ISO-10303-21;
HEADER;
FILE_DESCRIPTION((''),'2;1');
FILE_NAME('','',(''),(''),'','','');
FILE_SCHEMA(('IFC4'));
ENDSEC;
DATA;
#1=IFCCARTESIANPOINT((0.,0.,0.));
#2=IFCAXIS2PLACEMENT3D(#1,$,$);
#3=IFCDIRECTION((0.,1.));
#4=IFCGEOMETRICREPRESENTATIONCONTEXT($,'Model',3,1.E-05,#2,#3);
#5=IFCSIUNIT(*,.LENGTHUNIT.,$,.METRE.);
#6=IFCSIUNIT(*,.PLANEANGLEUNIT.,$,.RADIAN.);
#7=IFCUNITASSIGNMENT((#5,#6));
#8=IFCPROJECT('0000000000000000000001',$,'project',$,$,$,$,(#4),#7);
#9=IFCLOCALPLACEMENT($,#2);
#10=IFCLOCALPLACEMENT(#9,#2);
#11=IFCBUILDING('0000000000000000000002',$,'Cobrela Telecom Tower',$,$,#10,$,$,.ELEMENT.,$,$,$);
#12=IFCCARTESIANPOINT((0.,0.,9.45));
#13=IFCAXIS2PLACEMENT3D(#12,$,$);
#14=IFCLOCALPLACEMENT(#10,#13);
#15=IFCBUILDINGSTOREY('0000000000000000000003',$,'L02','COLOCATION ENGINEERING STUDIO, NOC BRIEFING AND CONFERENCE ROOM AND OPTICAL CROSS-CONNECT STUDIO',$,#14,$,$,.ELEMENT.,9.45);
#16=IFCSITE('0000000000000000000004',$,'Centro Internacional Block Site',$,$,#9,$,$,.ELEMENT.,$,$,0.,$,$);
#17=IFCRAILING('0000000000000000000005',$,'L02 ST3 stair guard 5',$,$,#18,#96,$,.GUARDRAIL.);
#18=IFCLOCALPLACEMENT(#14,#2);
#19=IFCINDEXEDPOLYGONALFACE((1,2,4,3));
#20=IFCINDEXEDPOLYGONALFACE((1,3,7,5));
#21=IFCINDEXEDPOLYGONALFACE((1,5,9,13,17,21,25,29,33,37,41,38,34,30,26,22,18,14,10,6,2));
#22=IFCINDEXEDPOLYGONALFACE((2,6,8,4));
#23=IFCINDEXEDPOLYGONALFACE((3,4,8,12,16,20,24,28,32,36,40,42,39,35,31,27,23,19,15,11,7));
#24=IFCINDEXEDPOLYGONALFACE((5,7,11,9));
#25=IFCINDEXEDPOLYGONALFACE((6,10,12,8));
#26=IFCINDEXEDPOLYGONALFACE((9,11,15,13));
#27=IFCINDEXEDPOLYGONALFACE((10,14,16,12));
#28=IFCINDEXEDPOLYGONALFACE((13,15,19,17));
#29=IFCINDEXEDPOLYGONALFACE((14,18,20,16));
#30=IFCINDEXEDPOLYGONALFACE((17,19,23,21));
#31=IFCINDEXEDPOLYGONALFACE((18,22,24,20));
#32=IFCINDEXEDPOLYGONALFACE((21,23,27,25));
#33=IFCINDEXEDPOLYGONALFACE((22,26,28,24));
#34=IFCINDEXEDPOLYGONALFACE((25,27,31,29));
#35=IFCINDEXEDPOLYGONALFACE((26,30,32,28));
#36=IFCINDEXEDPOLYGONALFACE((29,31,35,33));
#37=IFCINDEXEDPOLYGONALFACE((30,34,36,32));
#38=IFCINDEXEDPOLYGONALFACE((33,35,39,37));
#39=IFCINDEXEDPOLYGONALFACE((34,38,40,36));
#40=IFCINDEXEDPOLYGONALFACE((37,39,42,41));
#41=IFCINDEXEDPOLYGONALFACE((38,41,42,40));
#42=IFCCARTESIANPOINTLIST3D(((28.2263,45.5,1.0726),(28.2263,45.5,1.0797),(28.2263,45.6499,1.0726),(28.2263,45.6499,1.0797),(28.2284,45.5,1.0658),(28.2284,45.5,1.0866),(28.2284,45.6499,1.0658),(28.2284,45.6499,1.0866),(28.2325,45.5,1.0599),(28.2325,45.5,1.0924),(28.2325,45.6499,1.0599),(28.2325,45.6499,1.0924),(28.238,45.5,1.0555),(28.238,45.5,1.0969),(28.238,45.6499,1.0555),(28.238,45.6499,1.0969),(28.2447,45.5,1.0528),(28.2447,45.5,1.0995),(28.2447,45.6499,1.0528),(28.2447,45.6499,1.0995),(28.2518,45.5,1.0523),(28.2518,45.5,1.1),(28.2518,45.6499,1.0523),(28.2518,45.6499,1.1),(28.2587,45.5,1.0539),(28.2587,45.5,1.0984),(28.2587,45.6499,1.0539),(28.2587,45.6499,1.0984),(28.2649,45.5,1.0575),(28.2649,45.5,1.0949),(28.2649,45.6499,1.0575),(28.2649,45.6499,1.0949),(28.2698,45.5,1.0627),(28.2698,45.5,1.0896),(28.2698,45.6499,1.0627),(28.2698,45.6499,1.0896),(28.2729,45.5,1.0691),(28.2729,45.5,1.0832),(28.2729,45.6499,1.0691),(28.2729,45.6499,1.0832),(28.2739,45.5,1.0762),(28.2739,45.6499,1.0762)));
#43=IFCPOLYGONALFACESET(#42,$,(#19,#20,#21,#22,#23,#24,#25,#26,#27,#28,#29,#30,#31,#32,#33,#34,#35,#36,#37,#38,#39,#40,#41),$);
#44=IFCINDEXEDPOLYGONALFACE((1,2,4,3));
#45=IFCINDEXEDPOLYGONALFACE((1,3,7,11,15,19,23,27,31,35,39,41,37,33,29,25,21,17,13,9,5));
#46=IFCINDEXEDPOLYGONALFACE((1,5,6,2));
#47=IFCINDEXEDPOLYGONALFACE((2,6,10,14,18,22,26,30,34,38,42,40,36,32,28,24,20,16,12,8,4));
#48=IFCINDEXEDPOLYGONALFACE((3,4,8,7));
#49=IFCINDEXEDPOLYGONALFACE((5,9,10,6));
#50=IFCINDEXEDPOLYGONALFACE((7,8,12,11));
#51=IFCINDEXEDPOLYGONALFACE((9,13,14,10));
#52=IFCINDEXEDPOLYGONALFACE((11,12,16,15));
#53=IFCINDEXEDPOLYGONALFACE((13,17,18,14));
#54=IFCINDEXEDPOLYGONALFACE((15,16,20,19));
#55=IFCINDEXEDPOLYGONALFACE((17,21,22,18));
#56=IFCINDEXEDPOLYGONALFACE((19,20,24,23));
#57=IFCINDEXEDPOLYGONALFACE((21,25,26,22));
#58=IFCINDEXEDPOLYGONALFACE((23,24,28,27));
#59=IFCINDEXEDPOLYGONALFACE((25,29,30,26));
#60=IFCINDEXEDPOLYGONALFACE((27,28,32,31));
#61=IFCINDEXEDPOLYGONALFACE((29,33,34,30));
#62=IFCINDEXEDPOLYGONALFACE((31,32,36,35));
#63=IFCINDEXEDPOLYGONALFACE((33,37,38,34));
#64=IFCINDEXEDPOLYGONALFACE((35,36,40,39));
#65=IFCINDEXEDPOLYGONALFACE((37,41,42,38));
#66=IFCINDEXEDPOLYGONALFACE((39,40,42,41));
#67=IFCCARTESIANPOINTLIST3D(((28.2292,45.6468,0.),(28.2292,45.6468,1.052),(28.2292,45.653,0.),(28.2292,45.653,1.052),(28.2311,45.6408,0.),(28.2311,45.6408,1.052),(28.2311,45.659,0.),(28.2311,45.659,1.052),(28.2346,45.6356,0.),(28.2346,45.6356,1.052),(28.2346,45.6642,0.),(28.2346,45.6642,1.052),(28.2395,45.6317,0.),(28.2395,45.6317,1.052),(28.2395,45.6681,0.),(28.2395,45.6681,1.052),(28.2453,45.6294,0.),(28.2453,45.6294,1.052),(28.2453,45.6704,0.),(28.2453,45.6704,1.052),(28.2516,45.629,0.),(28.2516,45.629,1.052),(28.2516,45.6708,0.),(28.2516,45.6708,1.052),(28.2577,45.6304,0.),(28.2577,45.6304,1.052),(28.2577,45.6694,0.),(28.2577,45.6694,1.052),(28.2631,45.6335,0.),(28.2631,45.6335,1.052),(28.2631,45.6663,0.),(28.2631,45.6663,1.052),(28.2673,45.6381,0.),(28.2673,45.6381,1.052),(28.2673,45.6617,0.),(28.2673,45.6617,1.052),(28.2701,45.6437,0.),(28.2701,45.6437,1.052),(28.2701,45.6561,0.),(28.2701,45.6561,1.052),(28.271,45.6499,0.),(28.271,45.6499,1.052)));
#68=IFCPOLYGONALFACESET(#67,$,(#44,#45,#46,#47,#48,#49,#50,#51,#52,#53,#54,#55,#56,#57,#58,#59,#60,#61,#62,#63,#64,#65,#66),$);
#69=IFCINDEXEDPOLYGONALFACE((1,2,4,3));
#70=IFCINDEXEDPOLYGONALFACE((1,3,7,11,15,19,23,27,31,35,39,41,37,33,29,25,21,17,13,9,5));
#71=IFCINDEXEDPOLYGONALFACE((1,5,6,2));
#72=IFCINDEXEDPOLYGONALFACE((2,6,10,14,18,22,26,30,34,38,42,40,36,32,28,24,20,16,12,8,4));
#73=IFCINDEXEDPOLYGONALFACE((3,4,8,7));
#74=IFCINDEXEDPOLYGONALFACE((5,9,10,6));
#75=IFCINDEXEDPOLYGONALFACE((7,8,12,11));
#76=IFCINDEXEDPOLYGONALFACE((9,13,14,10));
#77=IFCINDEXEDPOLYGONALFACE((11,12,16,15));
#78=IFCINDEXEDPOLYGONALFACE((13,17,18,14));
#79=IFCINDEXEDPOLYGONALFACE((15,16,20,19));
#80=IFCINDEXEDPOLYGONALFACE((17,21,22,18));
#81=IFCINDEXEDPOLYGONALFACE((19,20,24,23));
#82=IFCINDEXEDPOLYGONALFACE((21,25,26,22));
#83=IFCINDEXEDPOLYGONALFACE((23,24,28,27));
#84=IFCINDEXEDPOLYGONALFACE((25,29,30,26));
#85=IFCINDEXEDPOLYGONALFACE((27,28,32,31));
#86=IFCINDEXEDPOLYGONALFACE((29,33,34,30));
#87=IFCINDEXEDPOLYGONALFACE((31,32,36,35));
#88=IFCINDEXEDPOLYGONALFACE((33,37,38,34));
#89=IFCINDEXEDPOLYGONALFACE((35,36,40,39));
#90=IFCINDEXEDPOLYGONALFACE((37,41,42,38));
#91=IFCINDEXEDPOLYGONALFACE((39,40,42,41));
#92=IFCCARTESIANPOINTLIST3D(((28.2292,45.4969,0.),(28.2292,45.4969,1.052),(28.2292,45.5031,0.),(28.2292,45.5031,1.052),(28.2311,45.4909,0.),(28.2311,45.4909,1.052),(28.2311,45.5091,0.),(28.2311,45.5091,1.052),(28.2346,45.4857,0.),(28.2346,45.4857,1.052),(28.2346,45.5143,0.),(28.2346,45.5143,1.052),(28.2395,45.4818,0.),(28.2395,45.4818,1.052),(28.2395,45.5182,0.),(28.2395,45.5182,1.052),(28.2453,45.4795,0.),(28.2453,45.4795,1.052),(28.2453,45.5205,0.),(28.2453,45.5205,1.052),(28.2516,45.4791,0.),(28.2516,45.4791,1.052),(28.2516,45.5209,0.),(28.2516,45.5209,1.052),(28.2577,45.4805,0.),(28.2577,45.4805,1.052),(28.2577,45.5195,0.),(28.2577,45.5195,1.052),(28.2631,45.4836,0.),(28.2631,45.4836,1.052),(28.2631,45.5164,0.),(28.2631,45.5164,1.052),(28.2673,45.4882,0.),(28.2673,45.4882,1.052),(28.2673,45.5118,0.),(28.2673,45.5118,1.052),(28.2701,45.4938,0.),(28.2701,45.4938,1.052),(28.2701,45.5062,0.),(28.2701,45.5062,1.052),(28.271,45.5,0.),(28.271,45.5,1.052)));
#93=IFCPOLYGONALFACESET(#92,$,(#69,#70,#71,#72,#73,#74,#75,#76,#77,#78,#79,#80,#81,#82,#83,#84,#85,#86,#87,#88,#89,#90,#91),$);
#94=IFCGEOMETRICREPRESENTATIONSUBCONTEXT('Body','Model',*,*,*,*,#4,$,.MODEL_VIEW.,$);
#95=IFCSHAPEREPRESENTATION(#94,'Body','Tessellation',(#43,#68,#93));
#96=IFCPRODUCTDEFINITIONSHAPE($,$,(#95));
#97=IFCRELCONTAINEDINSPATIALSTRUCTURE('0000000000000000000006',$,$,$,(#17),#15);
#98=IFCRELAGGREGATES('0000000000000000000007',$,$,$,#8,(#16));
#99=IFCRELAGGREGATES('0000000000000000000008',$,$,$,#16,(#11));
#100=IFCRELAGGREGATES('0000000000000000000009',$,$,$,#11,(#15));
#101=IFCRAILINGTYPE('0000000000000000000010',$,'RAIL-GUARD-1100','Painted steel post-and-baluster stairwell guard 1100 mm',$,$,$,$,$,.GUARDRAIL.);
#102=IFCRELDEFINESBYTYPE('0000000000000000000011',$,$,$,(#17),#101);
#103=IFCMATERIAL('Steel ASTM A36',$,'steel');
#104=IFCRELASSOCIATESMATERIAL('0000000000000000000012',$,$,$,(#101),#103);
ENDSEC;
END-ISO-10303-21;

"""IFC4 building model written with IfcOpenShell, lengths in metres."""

from ifc_helpers import new_model, si_unit, direction, frame, origin, origin_2d, place, context, subcontext, project, spatial, circle, extrude, material, type_object, element, save


model = new_model("IFC4")

# Units and contexts
model_context = context("Model", 3, precision=1e-05, world=origin(), true_north=direction((0.0, 1.0)))
body_context = subcontext(model_context, "Body", "Model", "MODEL_VIEW")
ifc_project = project(units=[si_unit("LENGTHUNIT", "METRE"), si_unit("PLANEANGLEUNIT", "RADIAN")], contexts=[model_context])

# Site, building, storey
site_placement = place(None, origin())
site = spatial("IfcSite", under=ifc_project, at=site_placement, Name="Centro Internacional Block Site", CompositionType="ELEMENT", RefElevation=0.0)
building_placement = place(site_placement, origin())
building = spatial("IfcBuilding", under=site, at=building_placement, Name="Cobrela Telecom Tower", CompositionType="ELEMENT")
storey_placement = place(building_placement, frame((0.0, 0.0, 9.45)))
storey = spatial("IfcBuildingStorey", under=building, at=storey_placement, Name="L02", Description="COLOCATION ENGINEERING STUDIO, NOC BRIEFING AND CONFERENCE ROOM AND OPTICAL CROSS-CONNECT STUDIO", CompositionType="ELEMENT", Elevation=9.45)

# Shared definitions
ifc_material_1 = material(Name="Steel ASTM A36", Category="steel")

# Railing
railing_type_1 = type_object("IfcRailingType", Name="RAIL-GUARD-1100", Description="Painted steel post-and-baluster stairwell guard 1100 mm", PredefinedType="GUARDRAIL", material=ifc_material_1)
railing_1_placement = place(storey_placement, frame((28.25, 45.6499, 0.0)))
element("IfcRailing", 1, at=railing_1_placement, inside=storey, type_object=railing_type_1, Name="L02 ST3 stair guard 5", PredefinedType="GUARDRAIL", context=body_context, shape_type="SweptSolid", body=[
    extrude(circle(Radius=0.0239, at=origin_2d()), frame((0.0, 0.0, 1.0762), z_axis=(0.0, -1.0, 0.0), x_axis=(1.0, 0.0, 0.0)), (0.0, 0.0, 1.0), 0.1499),
    extrude(circle(Radius=0.021, at=origin_2d()), origin(), (0.0, 0.0, 1.0), 1.052),
    extrude(circle(Radius=0.021, at=origin_2d()), frame((0.0, -0.1499, 0.0)), (0.0, 0.0, 1.0), 1.052),
])

save(model, "model.ifc")
